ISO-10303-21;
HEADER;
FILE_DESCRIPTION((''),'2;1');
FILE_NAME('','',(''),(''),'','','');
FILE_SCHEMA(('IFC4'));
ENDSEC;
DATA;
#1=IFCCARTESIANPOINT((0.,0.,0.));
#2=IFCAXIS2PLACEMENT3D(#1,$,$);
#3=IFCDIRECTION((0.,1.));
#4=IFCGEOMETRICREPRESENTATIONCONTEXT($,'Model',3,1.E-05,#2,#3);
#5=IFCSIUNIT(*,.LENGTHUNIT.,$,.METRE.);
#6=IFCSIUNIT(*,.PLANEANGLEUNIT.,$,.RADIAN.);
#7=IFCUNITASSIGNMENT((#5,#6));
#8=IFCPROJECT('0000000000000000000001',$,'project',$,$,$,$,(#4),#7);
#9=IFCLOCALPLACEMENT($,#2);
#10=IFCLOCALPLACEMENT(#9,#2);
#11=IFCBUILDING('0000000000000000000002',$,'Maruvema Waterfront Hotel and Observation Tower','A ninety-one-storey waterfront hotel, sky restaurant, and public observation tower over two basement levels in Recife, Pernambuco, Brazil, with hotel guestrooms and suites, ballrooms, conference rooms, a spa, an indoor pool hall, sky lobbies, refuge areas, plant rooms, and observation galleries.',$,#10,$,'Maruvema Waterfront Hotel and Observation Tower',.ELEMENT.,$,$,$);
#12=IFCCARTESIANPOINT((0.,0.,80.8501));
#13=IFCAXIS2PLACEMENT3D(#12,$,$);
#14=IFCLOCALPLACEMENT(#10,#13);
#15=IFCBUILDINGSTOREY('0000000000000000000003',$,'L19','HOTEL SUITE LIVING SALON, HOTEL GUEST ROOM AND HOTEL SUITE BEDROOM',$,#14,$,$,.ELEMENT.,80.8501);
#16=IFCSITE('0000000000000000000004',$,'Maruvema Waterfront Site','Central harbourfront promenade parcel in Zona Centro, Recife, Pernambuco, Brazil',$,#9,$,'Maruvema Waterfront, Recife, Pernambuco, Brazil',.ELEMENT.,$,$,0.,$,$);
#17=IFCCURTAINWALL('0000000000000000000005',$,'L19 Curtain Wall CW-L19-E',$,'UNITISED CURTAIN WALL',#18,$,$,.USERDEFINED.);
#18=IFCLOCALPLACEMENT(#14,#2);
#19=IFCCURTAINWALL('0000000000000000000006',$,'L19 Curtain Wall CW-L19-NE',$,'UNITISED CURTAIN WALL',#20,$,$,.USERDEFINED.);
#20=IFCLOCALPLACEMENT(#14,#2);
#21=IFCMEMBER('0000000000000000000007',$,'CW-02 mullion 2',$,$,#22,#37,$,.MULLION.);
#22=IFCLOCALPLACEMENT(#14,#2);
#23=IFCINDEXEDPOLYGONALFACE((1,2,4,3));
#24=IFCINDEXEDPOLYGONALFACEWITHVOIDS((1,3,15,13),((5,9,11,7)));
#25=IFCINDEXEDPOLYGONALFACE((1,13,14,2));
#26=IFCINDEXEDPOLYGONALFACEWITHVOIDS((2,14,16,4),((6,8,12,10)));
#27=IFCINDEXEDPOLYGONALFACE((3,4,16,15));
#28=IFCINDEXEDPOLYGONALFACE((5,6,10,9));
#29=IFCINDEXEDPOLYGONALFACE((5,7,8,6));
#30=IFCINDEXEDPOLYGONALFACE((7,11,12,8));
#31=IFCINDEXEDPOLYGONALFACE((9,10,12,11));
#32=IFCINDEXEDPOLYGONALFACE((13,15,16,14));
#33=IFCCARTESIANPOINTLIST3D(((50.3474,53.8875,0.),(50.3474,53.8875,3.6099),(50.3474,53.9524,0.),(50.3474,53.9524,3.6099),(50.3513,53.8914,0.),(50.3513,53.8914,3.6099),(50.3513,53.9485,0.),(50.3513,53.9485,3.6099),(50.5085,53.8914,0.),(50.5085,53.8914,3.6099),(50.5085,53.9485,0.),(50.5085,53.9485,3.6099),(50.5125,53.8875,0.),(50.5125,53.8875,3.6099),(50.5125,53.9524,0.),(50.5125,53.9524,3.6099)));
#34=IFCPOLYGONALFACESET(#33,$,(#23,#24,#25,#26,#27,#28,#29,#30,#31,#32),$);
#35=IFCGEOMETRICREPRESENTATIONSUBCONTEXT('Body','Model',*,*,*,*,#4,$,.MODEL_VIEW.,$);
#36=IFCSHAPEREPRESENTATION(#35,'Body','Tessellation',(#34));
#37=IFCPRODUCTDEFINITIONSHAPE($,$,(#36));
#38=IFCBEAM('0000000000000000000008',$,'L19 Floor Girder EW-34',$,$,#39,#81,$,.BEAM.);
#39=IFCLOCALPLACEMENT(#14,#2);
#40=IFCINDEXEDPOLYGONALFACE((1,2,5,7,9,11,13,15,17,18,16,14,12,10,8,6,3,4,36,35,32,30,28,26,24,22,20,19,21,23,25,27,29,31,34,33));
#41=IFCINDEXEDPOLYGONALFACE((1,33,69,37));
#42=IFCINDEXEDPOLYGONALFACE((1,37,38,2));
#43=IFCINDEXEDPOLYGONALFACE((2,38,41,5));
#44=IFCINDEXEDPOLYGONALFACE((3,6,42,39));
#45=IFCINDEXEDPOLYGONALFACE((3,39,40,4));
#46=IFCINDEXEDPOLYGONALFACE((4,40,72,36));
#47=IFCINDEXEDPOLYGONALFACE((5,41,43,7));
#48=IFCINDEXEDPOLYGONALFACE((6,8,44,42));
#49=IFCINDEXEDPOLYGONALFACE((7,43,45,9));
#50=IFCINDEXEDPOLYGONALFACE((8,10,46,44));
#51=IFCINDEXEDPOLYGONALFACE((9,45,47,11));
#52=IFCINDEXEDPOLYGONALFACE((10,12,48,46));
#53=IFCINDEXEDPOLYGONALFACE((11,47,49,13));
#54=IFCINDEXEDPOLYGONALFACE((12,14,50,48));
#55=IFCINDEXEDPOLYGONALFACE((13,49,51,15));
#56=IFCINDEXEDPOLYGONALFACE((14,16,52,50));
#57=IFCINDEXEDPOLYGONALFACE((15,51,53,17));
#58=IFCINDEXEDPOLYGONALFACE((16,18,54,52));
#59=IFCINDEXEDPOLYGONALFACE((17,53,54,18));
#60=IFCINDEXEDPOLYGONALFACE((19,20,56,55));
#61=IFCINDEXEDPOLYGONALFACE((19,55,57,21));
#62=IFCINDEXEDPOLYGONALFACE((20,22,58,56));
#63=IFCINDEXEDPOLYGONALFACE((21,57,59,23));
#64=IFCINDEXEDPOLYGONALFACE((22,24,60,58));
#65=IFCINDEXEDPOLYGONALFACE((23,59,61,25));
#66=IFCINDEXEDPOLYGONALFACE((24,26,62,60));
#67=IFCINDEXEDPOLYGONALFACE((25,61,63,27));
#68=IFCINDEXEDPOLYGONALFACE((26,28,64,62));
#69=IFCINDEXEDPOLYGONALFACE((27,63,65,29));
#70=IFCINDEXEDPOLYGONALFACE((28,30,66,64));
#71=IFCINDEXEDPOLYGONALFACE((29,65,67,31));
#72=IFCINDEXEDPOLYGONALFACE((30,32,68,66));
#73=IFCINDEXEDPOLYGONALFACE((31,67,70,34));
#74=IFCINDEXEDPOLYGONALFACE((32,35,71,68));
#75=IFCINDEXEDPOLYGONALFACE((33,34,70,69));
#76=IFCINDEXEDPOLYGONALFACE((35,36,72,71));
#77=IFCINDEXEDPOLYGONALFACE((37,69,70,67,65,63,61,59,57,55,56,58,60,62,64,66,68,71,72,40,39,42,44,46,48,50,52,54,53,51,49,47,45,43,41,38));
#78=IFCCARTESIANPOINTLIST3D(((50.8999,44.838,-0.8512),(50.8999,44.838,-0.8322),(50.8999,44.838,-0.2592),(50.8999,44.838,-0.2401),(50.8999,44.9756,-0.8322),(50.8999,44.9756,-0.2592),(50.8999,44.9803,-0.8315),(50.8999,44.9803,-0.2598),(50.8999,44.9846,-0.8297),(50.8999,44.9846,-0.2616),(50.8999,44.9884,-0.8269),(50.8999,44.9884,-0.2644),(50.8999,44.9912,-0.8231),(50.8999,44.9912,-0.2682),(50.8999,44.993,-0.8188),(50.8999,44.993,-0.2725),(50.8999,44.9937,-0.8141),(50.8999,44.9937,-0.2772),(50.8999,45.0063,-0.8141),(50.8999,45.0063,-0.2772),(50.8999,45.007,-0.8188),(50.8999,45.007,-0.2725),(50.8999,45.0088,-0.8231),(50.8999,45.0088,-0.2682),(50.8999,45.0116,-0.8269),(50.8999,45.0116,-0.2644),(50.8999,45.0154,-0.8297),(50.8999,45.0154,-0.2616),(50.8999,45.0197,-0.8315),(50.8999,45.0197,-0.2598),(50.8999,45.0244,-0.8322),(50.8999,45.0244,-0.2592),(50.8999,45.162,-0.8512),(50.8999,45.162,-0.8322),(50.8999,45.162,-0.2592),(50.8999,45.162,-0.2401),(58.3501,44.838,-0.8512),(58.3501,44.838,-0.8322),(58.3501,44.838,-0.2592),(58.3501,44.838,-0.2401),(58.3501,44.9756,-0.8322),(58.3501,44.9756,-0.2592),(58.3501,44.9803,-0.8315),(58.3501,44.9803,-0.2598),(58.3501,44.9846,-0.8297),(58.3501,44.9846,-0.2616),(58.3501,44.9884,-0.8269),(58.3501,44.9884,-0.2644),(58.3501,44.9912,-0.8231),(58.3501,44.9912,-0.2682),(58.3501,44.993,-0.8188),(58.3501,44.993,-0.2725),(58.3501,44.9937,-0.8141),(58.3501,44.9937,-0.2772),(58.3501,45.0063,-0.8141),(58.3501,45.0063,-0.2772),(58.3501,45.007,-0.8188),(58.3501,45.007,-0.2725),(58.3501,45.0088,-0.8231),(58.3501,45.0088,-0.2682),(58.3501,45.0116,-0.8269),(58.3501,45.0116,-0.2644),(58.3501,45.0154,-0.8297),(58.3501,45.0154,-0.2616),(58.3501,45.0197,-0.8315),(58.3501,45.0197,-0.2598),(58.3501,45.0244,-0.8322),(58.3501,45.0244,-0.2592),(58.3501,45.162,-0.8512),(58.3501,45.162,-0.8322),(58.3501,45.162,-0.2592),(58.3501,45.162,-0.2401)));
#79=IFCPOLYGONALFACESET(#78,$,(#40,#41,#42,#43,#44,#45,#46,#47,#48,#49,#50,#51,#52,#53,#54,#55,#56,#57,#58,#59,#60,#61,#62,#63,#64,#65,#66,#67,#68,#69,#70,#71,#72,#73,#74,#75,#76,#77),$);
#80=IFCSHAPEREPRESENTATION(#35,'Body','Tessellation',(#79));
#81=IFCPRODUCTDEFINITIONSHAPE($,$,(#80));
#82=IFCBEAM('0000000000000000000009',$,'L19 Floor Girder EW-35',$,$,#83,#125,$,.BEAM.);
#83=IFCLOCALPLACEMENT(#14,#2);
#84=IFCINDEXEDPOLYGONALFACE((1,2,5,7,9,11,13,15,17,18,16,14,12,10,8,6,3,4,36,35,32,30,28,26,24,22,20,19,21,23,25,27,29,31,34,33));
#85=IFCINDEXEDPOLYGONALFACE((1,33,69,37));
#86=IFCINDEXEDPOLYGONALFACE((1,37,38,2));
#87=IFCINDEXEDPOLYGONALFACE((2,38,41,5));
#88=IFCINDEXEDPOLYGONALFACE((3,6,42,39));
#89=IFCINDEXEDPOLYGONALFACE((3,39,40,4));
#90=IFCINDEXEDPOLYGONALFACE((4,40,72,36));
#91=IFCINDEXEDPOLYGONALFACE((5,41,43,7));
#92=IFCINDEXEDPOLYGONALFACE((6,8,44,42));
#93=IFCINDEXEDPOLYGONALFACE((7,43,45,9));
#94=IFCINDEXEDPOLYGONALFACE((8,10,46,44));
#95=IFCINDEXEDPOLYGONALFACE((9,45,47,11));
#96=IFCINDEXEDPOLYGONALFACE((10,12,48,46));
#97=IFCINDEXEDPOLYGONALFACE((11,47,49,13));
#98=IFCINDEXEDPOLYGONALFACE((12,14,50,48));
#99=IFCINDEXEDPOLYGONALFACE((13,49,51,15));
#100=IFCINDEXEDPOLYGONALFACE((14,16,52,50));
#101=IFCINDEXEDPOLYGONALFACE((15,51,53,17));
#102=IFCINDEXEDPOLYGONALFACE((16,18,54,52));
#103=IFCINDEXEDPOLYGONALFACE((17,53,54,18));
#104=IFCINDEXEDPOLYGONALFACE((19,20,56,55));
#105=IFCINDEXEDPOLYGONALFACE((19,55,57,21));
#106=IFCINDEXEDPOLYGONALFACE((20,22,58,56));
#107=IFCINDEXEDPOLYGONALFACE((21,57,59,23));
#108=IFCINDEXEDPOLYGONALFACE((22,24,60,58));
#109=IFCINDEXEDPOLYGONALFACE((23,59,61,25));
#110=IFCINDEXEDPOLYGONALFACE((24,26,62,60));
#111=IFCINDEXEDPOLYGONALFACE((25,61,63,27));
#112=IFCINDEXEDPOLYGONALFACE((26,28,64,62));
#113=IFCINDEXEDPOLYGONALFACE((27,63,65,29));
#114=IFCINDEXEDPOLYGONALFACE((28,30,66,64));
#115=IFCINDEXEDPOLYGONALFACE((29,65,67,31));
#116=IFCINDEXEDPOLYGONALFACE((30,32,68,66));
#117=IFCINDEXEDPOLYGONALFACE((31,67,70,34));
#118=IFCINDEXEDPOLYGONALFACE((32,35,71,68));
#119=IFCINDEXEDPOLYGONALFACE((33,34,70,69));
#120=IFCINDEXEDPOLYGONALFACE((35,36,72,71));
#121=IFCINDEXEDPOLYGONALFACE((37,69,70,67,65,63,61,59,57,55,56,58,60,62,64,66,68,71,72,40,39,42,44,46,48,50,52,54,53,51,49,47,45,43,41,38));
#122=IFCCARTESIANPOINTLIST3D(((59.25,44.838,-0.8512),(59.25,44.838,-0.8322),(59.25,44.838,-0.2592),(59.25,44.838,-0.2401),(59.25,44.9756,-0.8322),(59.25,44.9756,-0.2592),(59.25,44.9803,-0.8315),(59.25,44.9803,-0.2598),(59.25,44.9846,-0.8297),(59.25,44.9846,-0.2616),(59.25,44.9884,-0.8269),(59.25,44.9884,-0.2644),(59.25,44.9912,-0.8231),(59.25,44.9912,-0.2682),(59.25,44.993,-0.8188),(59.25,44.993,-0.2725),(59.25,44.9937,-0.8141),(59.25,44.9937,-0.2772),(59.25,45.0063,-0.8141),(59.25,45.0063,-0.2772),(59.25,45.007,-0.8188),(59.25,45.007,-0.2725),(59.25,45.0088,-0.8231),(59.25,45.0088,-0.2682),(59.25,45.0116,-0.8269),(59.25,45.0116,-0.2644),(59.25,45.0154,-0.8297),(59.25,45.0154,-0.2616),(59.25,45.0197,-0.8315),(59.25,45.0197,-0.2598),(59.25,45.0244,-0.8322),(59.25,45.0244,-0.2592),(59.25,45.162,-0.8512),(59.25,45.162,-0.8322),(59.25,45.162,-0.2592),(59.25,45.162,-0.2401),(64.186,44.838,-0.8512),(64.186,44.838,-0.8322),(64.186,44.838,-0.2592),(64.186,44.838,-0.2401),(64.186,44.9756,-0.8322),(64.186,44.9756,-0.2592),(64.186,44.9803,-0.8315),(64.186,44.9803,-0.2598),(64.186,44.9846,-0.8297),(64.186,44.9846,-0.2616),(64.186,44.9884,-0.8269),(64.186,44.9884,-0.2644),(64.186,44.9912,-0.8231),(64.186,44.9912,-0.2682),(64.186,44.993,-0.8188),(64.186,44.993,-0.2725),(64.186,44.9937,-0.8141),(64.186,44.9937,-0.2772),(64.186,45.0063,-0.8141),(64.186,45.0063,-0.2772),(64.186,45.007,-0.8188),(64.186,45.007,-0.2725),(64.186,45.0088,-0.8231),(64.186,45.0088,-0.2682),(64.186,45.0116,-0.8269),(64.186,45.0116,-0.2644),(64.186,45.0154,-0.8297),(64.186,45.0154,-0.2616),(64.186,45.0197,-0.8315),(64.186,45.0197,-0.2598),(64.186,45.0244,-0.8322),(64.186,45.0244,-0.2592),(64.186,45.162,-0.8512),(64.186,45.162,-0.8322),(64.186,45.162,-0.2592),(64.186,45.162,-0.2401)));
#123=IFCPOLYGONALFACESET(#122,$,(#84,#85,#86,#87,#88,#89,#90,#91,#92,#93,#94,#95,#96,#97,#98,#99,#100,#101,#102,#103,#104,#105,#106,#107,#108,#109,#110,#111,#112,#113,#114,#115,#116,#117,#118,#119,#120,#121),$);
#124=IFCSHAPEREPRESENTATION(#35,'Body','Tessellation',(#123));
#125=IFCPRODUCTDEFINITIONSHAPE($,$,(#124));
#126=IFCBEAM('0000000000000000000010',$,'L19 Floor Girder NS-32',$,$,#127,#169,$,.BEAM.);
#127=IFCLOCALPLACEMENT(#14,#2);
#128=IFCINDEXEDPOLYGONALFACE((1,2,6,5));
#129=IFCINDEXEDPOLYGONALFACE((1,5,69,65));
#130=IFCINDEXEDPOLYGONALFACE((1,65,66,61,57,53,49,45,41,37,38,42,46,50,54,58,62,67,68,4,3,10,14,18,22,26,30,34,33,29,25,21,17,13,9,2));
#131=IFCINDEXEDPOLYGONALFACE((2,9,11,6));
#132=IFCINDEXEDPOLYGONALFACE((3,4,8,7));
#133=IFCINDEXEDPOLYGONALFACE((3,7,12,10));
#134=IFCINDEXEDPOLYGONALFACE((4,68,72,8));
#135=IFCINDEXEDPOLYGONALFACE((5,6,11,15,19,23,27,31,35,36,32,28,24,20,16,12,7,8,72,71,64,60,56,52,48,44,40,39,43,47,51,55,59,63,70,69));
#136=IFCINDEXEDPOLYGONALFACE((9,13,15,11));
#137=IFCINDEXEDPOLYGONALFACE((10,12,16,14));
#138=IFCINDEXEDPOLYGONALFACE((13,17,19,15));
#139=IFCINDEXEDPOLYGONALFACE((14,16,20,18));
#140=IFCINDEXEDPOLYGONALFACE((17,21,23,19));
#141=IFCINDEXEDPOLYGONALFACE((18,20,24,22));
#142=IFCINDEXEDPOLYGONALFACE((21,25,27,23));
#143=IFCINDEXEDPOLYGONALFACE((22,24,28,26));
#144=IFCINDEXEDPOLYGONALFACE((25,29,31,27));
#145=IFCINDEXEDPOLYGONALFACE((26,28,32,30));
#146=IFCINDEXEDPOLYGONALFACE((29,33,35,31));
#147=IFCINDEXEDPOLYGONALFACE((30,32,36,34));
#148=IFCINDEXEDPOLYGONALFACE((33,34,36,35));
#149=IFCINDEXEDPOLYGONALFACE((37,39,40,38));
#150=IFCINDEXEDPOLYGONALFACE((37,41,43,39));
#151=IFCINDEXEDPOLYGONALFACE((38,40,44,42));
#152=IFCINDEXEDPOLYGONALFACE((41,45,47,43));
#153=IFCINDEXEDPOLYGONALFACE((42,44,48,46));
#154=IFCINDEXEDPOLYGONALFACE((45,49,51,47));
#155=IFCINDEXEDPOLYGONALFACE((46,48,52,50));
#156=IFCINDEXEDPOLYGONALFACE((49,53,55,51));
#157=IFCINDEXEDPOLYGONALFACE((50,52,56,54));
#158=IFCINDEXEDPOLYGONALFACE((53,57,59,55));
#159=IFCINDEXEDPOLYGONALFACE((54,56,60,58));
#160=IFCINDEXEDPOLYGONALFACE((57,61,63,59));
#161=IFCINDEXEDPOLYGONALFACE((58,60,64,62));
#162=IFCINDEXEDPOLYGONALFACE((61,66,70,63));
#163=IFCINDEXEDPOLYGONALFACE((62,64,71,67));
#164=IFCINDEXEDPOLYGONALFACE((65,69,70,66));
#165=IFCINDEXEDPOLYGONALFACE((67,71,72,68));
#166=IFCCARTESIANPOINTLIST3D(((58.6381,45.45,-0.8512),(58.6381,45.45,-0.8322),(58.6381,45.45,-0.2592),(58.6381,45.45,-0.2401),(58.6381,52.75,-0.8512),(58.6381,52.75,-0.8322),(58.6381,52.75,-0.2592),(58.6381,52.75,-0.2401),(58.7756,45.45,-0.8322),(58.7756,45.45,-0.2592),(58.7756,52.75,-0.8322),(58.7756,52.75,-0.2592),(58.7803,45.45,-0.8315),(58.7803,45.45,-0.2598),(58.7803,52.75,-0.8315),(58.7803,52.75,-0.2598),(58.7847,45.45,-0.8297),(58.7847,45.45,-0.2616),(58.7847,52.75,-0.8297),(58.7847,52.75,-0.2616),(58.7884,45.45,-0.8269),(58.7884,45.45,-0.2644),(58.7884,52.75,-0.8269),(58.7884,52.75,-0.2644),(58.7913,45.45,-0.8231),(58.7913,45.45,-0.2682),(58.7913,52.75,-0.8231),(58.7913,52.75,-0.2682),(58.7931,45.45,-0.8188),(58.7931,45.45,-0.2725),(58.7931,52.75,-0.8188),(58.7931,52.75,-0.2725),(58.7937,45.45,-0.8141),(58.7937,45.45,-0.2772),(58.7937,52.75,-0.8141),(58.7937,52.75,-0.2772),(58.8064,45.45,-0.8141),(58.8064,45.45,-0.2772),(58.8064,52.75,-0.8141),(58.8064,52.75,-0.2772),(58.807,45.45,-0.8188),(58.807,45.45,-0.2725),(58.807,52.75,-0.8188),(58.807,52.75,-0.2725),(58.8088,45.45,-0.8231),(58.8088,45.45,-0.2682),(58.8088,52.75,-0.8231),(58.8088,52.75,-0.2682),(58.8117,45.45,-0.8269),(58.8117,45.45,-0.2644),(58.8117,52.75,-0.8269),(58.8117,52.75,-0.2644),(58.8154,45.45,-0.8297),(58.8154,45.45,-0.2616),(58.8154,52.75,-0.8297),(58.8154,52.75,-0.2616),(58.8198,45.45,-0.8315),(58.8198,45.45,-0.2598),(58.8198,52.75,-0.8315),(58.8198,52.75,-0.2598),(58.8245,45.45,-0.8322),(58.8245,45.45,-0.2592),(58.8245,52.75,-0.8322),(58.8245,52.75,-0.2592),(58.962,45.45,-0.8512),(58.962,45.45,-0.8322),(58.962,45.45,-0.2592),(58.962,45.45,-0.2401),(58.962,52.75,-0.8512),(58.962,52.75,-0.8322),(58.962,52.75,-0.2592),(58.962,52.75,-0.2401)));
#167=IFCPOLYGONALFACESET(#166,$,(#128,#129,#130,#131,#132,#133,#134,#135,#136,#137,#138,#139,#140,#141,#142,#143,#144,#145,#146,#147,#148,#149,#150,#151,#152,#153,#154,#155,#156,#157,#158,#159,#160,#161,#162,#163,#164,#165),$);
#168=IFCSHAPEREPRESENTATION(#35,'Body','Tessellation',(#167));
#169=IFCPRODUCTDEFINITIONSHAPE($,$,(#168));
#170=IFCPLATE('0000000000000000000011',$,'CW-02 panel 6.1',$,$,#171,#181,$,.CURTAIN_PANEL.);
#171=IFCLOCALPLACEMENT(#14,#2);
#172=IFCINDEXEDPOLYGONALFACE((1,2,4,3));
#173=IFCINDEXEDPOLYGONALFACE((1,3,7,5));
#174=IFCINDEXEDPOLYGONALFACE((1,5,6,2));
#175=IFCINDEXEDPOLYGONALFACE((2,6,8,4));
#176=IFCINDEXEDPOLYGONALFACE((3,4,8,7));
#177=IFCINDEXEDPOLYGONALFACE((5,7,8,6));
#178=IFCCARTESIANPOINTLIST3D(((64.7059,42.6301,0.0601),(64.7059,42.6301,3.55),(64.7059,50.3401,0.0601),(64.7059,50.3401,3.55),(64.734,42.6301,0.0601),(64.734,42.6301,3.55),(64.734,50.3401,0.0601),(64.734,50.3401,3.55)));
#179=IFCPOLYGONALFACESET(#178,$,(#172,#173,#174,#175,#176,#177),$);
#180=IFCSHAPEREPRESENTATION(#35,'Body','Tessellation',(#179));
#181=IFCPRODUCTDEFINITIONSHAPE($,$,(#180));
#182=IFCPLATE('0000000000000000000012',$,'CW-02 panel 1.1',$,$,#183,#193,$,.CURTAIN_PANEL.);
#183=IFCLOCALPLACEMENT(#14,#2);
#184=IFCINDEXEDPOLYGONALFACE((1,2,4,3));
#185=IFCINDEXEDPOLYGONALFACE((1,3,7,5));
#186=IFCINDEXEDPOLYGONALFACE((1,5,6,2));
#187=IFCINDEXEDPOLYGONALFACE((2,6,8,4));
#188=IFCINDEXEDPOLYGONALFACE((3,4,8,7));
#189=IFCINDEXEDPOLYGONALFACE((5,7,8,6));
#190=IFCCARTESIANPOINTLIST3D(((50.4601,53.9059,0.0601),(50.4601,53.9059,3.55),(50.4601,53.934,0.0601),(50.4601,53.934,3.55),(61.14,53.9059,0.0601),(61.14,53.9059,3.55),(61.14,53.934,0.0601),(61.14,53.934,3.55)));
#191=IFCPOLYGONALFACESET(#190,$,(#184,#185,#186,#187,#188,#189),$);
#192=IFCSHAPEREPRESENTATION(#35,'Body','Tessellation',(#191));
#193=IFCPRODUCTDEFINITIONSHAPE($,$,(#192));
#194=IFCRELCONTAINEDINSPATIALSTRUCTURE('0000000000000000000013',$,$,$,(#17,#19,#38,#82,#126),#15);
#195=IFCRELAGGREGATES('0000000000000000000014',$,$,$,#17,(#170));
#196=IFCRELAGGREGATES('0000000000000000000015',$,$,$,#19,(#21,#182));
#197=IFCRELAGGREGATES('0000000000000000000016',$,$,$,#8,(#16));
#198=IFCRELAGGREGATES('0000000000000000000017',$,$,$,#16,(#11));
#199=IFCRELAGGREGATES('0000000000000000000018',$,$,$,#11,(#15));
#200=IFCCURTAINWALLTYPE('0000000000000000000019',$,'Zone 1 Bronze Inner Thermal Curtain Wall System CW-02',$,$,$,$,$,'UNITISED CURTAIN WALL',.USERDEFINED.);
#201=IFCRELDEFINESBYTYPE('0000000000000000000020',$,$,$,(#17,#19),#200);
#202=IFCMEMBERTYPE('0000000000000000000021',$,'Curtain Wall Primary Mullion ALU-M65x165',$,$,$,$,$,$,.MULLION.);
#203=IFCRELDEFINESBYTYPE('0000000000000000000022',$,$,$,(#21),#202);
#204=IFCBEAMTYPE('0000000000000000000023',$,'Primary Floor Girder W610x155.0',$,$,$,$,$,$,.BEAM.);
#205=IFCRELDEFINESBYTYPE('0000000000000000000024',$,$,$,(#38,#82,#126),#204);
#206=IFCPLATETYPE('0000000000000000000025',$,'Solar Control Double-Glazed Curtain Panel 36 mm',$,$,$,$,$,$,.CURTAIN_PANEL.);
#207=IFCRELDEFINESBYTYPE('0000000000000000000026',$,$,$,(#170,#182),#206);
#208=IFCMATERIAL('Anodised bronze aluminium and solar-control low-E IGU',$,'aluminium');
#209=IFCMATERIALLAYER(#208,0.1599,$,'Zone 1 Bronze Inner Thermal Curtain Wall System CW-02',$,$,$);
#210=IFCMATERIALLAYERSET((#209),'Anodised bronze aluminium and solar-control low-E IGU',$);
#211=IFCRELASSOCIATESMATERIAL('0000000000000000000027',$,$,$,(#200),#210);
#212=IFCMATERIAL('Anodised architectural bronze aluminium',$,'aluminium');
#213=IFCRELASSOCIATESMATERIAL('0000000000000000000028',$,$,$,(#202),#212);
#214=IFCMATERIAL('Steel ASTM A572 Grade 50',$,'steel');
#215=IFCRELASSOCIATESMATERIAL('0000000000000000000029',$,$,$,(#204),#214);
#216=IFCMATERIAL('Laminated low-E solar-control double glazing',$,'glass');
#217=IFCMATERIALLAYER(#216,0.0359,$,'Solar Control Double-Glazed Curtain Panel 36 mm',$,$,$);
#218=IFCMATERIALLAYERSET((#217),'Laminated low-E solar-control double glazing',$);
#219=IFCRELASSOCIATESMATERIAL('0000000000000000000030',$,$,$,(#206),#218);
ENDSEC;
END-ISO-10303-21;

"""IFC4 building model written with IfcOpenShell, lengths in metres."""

from ifc_helpers import new_model, si_unit, direction, frame, origin, origin_2d, place, context, subcontext, project, spatial, rectangle, hollow_rectangle, i_section, extrude, material, layer, layer_set, material_profile, profile_set, type_object, element, aggregate, save


model = new_model("IFC4")

# Units and contexts
model_context = context("Model", 3, precision=1e-05, world=origin(), true_north=direction((0.0, 1.0)))
body_context = subcontext(model_context, "Body", "Model", "MODEL_VIEW")
ifc_project = project(units=[si_unit("LENGTHUNIT", "METRE"), si_unit("PLANEANGLEUNIT", "RADIAN")], contexts=[model_context])

# Site, building, storey
site_placement = place(None, origin())
site = spatial("IfcSite", under=ifc_project, at=site_placement, Name="Maruvema Waterfront Site", Description="Central harbourfront promenade parcel in Zona Centro, Recife, Pernambuco, Brazil", LongName="Maruvema Waterfront, Recife, Pernambuco, Brazil", CompositionType="ELEMENT", RefElevation=0.0)
building_placement = place(site_placement, origin())
building = spatial("IfcBuilding", under=site, at=building_placement, Name="Maruvema Waterfront Hotel and Observation Tower", Description="A ninety-one-storey waterfront hotel, sky restaurant, and public observation tower over two basement levels in Recife, Pernambuco, Brazil, with hotel guestrooms and suites, ballrooms, conference rooms, a spa, an indoor pool hall, sky lobbies, refuge areas, plant rooms, and observation galleries.", LongName="Maruvema Waterfront Hotel and Observation Tower", CompositionType="ELEMENT")
storey_placement = place(building_placement, frame((0.0, 0.0, 80.8501)))
storey = spatial("IfcBuildingStorey", under=building, at=storey_placement, Name="L19", Description="HOTEL SUITE LIVING SALON, HOTEL GUEST ROOM AND HOTEL SUITE BEDROOM", CompositionType="ELEMENT", Elevation=80.8501)

# Curtain walls
ifc_material_1 = material(Name="Anodised bronze aluminium and solar-control low-E IGU", Category="aluminium")
ifc_layer_1 = layer(ifc_material_1, 0.1599, Name="Zone 1 Bronze Inner Thermal Curtain Wall System CW-02")
ifc_layer_set_1 = layer_set([ifc_layer_1], Name="Anodised bronze aluminium and solar-control low-E IGU")
curtain_wall_type = type_object("IfcCurtainWallType", Name="Zone 1 Bronze Inner Thermal Curtain Wall System CW-02", ElementType="UNITISED CURTAIN WALL", PredefinedType="USERDEFINED", material=ifc_layer_set_1)
curtain_wall_1_placement = place(storey_placement, origin())
curtain_wall_1 = element("IfcCurtainWall", 1, at=curtain_wall_1_placement, inside=storey, type_object=curtain_wall_type, Name="L19 Curtain Wall CW-L19-E", ObjectType="UNITISED CURTAIN WALL", PredefinedType="USERDEFINED")
curtain_wall_2_placement = place(storey_placement, origin())
curtain_wall_2 = element("IfcCurtainWall", 2, at=curtain_wall_2_placement, inside=storey, type_object=curtain_wall_type, Name="L19 Curtain Wall CW-L19-NE", ObjectType="UNITISED CURTAIN WALL", PredefinedType="USERDEFINED")

# Member
ifc_material_2 = material(Name="Anodised architectural bronze aluminium", Category="aluminium")
ifc_material_profile_1 = material_profile(ifc_material_2, hollow_rectangle(XDim=0.0649, YDim=0.165, WallThickness=0.0039, at=origin_2d()), Name="ALU-M65x165")
ifc_profile_set_1 = profile_set([ifc_material_profile_1], Name="Anodised architectural bronze aluminium")
member_type_1 = type_object("IfcMemberType", Name="Curtain Wall Primary Mullion ALU-M65x165", PredefinedType="MULLION", material=ifc_profile_set_1)
member_1_placement = place(storey_placement, frame((50.4299, 53.9199, 0.0), z_axis=(0.0, 0.0, 1.0), x_axis=(0.0, -1.0, 0.0)))
member_1 = element("IfcMember", 3, at=member_1_placement, type_object=member_type_1, Name="CW-02 mullion 2", PredefinedType="MULLION", context=body_context, shape_type="SweptSolid", body=[
    extrude(hollow_rectangle(XDim=0.0649, YDim=0.165, WallThickness=0.0039, at=origin_2d()), origin(), (0.0, 0.0, 1.0), 3.6099),
])

# Beams
ifc_material_3 = material(Name="Steel ASTM A572 Grade 50", Category="steel")
ifc_material_profile_2 = material_profile(ifc_material_3, i_section(OverallWidth=0.324, OverallDepth=0.6111, WebThickness=0.0127, FlangeThickness=0.019, FilletRadius=0.0181, at=origin_2d()), Name="W610x155.0")
ifc_profile_set_2 = profile_set([ifc_material_profile_2], Name="Steel ASTM A572 Grade 50")
beam_type = type_object("IfcBeamType", Name="Primary Floor Girder W610x155.0", PredefinedType="BEAM", material=ifc_profile_set_2)
beam_1_placement = place(storey_placement, frame((50.8999, 45.0, -0.5457), z_axis=(1.0, 0.0, 0.0), x_axis=(0.0, 1.0, 0.0)))
element("IfcBeam", 4, at=beam_1_placement, inside=storey, type_object=beam_type, Name="L19 Floor Girder EW-34", PredefinedType="BEAM", context=body_context, shape_type="SweptSolid", body=[
    extrude(i_section(OverallWidth=0.324, OverallDepth=0.6111, WebThickness=0.0127, FlangeThickness=0.019, FilletRadius=0.0181, at=origin_2d()), origin(), (0.0, 0.0, 1.0), 7.4502),
])
beam_2_placement = place(storey_placement, frame((59.25, 45.0, -0.5457), z_axis=(1.0, 0.0, 0.0), x_axis=(0.0, 1.0, 0.0)))
element("IfcBeam", 5, at=beam_2_placement, inside=storey, type_object=beam_type, Name="L19 Floor Girder EW-35", PredefinedType="BEAM", context=body_context, shape_type="SweptSolid", body=[
    extrude(i_section(OverallWidth=0.324, OverallDepth=0.6111, WebThickness=0.0127, FlangeThickness=0.019, FilletRadius=0.0181, at=origin_2d()), origin(), (0.0, 0.0, 1.0), 4.936),
])
beam_3_placement = place(storey_placement, frame((58.8, 45.45, -0.5457), z_axis=(0.0, 1.0, 0.0), x_axis=(-1.0, 0.0, 0.0)))
element("IfcBeam", 6, at=beam_3_placement, inside=storey, type_object=beam_type, Name="L19 Floor Girder NS-32", PredefinedType="BEAM", context=body_context, shape_type="SweptSolid", body=[
    extrude(i_section(OverallWidth=0.324, OverallDepth=0.6111, WebThickness=0.0127, FlangeThickness=0.019, FilletRadius=0.0181, at=origin_2d()), origin(), (0.0, 0.0, 1.0), 7.3),
])

# Plates
ifc_material_4 = material(Name="Laminated low-E solar-control double glazing", Category="glass")
ifc_layer_2 = layer(ifc_material_4, 0.0359, Name="Solar Control Double-Glazed Curtain Panel 36 mm")
ifc_layer_set_2 = layer_set([ifc_layer_2], Name="Laminated low-E solar-control double glazing")
plate_type_1 = type_object("IfcPlateType", Name="Solar Control Double-Glazed Curtain Panel 36 mm", PredefinedType="CURTAIN_PANEL", material=ifc_layer_set_2)
plate_1_placement = place(storey_placement, frame((64.72, 46.4851, 0.0601), z_axis=(0.0, 0.0, 1.0), x_axis=(0.0, 1.0, 0.0)))
plate_1 = element("IfcPlate", 7, at=plate_1_placement, type_object=plate_type_1, Name="CW-02 panel 6.1", PredefinedType="CURTAIN_PANEL", context=body_context, shape_type="SweptSolid", body=[
    extrude(rectangle(XDim=7.71, YDim=0.0281, at=origin_2d()), origin(), (0.0, 0.0, 1.0), 3.49),
])
aggregate(curtain_wall_1, [plate_1])
plate_2_placement = place(storey_placement, frame((55.8, 53.9199, 0.0601), z_axis=(0.0, 0.0, 1.0), x_axis=(-1.0, 0.0, 0.0)))
plate_2 = element("IfcPlate", 8, at=plate_2_placement, type_object=plate_type_1, Name="CW-02 panel 1.1", PredefinedType="CURTAIN_PANEL", context=body_context, shape_type="SweptSolid", body=[
    extrude(rectangle(XDim=10.6799, YDim=0.0281, at=origin_2d()), origin(), (0.0, 0.0, 1.0), 3.49),
])
aggregate(curtain_wall_2, [member_1, plate_2])

save(model, "model.ifc")
